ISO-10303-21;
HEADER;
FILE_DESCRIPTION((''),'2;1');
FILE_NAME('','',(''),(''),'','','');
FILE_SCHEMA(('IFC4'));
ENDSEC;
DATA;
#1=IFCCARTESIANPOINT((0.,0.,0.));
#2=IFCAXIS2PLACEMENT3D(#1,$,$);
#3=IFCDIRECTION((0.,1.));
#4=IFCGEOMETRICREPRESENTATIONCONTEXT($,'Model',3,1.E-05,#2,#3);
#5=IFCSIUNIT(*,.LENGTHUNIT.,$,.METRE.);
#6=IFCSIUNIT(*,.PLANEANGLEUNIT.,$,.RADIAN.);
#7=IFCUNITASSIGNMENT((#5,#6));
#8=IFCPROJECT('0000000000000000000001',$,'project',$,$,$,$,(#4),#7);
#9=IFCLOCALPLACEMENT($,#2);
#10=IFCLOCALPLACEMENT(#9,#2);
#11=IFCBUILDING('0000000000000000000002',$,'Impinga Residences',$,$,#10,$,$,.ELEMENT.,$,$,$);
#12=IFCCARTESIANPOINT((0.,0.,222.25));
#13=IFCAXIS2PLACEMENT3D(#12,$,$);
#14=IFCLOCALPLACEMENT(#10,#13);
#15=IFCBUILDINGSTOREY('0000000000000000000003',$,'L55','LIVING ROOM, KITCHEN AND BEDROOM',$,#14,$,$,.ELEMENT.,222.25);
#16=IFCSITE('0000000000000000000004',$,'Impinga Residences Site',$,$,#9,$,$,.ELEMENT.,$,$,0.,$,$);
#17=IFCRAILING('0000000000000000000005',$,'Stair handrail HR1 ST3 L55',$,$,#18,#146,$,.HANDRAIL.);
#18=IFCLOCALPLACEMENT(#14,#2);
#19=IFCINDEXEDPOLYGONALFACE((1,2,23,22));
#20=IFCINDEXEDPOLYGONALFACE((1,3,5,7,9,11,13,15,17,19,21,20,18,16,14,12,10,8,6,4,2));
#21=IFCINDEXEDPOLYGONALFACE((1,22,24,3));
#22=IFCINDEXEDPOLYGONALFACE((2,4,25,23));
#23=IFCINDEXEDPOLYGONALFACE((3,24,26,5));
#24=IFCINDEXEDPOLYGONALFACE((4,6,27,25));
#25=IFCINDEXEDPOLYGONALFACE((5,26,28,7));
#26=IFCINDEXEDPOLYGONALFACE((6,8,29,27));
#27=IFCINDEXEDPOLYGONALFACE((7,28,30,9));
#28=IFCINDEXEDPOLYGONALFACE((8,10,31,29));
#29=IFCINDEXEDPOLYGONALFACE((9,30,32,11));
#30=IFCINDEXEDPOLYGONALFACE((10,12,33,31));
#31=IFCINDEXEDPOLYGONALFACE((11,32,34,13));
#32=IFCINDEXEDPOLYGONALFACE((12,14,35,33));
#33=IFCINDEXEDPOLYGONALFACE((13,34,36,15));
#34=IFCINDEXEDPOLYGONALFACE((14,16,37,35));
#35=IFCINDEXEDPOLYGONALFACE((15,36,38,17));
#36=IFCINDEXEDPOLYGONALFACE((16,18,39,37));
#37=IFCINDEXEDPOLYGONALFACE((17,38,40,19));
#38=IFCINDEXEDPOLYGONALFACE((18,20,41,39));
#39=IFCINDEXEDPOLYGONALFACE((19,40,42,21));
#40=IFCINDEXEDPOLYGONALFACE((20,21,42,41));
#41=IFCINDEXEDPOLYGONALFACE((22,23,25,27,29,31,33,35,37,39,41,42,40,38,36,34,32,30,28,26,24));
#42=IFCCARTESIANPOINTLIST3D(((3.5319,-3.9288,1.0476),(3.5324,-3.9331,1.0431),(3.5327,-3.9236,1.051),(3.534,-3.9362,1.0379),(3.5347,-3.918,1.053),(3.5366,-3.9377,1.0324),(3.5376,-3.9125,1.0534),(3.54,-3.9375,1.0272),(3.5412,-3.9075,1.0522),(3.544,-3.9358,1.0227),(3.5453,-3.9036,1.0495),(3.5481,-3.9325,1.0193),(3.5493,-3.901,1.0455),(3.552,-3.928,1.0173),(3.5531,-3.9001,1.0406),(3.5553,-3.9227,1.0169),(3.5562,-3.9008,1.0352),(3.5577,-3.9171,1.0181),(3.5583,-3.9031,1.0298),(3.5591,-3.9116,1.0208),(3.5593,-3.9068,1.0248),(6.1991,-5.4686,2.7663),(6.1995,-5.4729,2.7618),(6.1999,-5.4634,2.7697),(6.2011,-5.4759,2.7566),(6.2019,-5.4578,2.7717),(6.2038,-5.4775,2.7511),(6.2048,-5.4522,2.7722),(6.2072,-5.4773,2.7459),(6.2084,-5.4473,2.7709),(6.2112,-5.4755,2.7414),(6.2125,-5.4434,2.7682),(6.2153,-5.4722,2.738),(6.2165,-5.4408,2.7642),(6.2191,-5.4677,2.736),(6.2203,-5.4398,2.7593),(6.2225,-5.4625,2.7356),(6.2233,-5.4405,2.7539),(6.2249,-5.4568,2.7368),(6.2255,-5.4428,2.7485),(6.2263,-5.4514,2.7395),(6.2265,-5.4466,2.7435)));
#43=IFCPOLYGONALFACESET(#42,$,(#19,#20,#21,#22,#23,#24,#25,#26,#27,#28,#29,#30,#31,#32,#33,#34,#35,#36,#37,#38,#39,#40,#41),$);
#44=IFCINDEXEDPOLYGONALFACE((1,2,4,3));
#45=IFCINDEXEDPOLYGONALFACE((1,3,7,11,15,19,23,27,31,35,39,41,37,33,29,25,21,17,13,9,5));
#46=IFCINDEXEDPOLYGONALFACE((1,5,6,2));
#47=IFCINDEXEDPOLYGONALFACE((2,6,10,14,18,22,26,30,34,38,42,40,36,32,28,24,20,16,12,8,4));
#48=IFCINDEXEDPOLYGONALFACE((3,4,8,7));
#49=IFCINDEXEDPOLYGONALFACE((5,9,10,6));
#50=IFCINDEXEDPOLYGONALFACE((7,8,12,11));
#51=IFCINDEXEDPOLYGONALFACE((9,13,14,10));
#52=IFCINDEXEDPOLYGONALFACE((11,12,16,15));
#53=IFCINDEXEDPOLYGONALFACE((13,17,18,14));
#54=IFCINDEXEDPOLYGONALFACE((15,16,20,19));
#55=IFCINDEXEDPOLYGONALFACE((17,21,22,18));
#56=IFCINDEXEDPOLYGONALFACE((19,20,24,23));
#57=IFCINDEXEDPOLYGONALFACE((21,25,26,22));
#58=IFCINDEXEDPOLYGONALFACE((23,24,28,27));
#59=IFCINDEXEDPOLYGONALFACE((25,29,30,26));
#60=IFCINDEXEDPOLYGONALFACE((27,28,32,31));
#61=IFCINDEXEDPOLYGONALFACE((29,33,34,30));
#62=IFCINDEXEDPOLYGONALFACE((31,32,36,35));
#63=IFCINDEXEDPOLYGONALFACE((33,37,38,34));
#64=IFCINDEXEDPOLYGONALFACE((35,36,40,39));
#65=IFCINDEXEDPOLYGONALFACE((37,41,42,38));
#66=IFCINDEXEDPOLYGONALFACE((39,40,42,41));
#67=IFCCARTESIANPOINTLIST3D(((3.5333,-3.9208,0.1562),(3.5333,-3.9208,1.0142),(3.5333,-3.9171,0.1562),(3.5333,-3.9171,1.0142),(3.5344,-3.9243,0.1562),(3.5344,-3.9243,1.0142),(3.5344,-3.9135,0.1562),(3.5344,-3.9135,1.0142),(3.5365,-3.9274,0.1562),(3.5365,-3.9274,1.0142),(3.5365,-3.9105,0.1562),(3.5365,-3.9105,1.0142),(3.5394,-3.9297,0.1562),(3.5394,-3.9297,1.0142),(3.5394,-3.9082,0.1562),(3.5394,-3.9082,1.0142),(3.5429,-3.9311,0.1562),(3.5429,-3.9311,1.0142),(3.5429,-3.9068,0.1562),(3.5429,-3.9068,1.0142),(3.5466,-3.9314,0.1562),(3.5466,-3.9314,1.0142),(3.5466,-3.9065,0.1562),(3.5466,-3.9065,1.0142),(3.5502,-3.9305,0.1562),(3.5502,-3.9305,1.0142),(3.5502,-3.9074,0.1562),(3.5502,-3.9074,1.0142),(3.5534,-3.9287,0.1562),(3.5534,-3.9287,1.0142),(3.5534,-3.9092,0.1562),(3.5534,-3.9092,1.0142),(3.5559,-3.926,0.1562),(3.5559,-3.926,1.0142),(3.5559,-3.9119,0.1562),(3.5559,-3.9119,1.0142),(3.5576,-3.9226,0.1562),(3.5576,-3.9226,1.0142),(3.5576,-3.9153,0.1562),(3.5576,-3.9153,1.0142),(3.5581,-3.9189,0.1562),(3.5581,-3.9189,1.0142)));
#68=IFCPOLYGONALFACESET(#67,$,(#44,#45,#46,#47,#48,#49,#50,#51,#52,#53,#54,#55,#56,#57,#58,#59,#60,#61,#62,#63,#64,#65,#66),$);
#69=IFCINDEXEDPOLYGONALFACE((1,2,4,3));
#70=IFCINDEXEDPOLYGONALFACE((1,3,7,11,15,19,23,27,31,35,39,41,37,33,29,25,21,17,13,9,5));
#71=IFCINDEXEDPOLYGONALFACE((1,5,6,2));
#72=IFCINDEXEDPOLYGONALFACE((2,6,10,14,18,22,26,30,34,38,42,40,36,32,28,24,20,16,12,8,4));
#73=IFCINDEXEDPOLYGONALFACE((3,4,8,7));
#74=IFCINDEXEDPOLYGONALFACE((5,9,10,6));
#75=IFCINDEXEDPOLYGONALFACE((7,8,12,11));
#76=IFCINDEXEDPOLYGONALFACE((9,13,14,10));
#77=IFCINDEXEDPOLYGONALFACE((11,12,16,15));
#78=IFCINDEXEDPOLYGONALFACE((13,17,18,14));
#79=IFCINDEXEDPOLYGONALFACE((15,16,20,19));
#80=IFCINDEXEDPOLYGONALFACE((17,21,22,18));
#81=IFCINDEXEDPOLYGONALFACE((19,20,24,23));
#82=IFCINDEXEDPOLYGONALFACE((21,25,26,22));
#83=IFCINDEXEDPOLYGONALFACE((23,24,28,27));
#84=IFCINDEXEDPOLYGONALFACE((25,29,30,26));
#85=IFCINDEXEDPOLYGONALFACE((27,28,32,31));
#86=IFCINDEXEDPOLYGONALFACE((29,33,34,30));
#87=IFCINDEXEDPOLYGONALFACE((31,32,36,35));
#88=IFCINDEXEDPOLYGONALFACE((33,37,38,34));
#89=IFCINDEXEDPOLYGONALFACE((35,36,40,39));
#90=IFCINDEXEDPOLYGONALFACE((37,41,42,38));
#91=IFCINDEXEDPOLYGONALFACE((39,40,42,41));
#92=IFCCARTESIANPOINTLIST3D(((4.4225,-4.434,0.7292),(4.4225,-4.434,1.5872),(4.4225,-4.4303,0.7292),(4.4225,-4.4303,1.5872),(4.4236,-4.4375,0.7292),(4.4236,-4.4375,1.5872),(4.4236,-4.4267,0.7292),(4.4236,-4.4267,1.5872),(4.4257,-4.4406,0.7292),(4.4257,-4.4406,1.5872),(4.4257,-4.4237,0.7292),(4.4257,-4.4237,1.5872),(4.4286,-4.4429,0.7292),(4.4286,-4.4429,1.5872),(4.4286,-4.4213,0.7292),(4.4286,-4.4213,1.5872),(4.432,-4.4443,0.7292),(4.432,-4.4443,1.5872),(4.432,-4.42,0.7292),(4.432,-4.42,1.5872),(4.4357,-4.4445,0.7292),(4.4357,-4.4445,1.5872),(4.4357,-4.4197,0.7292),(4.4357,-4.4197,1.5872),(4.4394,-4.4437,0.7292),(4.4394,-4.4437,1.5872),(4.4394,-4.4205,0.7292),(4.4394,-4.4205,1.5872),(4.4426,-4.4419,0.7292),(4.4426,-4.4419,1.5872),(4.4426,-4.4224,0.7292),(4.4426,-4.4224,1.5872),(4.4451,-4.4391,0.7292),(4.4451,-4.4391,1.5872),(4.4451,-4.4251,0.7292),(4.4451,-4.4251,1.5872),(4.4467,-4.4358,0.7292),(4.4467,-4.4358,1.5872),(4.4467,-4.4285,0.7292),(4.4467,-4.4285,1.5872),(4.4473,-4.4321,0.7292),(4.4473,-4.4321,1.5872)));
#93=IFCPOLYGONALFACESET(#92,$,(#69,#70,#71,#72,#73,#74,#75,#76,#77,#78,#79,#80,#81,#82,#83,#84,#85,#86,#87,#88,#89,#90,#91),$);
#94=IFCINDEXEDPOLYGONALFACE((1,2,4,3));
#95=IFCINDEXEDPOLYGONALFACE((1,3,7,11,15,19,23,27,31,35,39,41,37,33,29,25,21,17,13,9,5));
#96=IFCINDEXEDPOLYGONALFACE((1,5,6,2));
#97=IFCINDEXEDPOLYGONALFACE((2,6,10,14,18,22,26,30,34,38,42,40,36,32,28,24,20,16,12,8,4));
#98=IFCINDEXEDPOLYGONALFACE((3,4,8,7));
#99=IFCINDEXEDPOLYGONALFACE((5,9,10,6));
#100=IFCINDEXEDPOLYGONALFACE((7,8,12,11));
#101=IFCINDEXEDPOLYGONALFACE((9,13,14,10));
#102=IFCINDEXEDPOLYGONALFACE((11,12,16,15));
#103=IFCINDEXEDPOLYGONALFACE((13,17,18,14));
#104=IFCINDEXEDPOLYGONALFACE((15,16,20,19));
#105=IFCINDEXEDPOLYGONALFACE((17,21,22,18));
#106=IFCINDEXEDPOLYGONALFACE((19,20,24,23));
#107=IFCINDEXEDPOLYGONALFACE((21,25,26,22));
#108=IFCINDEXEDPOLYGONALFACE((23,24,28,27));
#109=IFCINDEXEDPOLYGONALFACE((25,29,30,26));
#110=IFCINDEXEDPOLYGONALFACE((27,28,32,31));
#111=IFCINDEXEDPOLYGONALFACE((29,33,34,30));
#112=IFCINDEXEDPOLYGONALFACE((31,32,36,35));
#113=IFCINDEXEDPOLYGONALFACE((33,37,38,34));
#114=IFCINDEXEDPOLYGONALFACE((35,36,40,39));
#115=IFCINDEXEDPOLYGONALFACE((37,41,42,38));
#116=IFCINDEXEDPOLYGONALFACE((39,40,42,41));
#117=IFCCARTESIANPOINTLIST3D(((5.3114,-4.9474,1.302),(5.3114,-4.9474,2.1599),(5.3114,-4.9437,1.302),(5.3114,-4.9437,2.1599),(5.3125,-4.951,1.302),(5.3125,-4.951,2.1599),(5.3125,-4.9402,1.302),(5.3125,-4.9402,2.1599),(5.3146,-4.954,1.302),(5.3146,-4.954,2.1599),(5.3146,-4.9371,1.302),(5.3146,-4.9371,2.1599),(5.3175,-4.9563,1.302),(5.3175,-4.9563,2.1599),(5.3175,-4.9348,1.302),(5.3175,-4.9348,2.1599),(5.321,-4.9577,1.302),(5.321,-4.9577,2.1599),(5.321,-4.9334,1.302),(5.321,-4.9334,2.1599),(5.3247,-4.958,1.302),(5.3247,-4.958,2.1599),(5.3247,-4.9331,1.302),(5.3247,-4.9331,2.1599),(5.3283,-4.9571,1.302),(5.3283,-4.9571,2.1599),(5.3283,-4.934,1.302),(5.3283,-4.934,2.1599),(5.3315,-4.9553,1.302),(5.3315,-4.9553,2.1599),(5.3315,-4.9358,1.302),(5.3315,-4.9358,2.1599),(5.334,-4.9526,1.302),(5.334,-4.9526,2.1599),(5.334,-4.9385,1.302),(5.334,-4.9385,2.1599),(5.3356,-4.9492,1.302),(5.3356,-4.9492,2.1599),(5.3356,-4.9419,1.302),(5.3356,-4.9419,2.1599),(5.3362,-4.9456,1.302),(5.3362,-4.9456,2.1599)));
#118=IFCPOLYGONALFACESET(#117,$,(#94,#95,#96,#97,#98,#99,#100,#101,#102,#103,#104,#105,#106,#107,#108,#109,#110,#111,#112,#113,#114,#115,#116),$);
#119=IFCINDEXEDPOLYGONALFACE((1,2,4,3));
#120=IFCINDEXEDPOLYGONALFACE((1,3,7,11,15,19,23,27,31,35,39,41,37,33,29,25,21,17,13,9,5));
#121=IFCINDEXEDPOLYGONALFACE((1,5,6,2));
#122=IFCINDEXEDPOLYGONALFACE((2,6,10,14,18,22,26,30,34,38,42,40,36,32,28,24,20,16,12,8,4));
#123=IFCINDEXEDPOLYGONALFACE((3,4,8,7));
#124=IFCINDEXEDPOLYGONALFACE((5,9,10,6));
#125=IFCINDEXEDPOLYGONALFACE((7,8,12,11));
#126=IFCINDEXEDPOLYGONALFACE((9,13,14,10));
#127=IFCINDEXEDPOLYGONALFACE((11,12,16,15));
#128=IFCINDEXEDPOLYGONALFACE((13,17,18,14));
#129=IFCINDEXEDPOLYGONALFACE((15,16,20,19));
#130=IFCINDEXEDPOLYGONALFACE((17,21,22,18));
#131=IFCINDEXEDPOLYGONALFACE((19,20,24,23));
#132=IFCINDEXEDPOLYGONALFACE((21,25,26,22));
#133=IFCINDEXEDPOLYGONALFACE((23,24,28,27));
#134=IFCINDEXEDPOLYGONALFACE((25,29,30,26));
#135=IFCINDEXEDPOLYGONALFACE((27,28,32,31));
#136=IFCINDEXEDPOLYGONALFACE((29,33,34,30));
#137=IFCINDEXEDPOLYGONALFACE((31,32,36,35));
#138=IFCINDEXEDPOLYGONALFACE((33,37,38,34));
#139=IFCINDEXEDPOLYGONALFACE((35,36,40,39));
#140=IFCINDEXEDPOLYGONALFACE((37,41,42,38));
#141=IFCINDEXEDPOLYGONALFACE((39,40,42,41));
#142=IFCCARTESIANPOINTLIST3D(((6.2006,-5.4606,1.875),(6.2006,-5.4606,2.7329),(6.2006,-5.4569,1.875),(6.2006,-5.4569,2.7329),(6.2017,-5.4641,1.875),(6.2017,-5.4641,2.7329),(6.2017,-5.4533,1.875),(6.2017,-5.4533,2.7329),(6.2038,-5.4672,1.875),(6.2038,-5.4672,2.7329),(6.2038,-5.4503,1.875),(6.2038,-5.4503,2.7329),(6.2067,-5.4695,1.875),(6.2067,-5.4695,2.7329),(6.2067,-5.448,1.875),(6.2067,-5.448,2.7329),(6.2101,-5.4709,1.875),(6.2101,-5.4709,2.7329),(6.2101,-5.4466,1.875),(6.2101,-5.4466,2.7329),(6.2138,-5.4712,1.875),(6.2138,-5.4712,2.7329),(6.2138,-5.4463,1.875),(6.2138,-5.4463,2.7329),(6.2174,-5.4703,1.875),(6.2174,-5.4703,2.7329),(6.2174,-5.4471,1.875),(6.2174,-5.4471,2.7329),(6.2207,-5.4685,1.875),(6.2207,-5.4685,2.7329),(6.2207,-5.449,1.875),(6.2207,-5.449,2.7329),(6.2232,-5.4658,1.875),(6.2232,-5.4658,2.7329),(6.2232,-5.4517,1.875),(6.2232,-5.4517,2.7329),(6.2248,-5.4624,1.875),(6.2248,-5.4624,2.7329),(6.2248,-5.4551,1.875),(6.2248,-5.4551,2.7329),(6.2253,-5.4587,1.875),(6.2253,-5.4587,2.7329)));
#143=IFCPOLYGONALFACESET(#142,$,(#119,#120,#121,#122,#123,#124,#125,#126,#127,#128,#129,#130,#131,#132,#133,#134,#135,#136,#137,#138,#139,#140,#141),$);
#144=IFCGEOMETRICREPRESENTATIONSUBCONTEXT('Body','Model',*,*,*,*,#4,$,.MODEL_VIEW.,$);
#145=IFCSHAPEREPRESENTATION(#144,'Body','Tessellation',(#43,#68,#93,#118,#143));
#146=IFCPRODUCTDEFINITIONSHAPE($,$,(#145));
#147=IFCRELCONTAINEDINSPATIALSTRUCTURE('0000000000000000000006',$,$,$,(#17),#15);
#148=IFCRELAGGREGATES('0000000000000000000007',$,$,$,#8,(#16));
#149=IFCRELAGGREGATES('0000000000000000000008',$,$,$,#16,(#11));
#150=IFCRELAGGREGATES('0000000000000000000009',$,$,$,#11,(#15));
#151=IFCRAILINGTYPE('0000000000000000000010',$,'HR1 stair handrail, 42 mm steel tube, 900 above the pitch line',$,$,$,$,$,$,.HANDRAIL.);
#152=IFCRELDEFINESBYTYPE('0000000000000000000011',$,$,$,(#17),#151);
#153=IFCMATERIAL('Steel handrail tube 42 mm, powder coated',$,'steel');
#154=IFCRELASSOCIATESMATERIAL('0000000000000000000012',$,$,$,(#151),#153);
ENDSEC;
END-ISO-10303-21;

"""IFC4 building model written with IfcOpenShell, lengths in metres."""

from ifc_helpers import new_model, si_unit, direction, frame, origin, origin_2d, place, context, subcontext, project, spatial, circle, extrude, material, type_object, element, save


model = new_model("IFC4")

# Units and contexts
model_context = context("Model", 3, precision=1e-05, world=origin(), true_north=direction((0.0, 1.0)))
body_context = subcontext(model_context, "Body", "Model", "MODEL_VIEW")
ifc_project = project(units=[si_unit("LENGTHUNIT", "METRE"), si_unit("PLANEANGLEUNIT", "RADIAN")], contexts=[model_context])

# Site, building, storey
site_placement = place(None, origin())
site = spatial("IfcSite", under=ifc_project, at=site_placement, Name="Impinga Residences Site", CompositionType="ELEMENT", RefElevation=0.0)
building_placement = place(site_placement, origin())
building = spatial("IfcBuilding", under=site, at=building_placement, Name="Impinga Residences", CompositionType="ELEMENT")
storey_placement = place(building_placement, frame((0.0, 0.0, 222.25)))
storey = spatial("IfcBuildingStorey", under=building, at=storey_placement, Name="L55", Description="LIVING ROOM, KITCHEN AND BEDROOM", CompositionType="ELEMENT", Elevation=222.25)

# Railing
ifc_material_1 = material(Name="Steel handrail tube 42 mm, powder coated", Category="steel")
railing_type = type_object("IfcRailingType", Name="HR1 stair handrail, 42 mm steel tube, 900 above the pitch line", PredefinedType="HANDRAIL", material=ifc_material_1)
railing_1_placement = place(storey_placement, frame((3.5457, -3.9189, 0.1562)))
element("IfcRailing", 1, at=railing_1_placement, inside=storey, type_object=railing_type, Name="Stair handrail HR1 ST3 L55", PredefinedType="HANDRAIL", context=body_context, shape_type="SweptSolid", body=[
    extrude(circle(Radius=0.021, at=origin_2d()), frame((0.0, 0.0, 0.8789), z_axis=(0.756249, -0.436582, 0.487322), x_axis=(0.499967, 0.866044, 0.0)), (0.0, 0.0, 1.0), 3.5269),
    extrude(circle(Radius=0.0125, at=origin_2d()), origin(), (0.0, 0.0, 1.0), 0.8579),
    extrude(circle(Radius=0.0125, at=origin_2d()), frame((0.8892, -0.5132, 0.573)), (0.0, 0.0, 1.0), 0.8579),
    extrude(circle(Radius=0.0125, at=origin_2d()), frame((1.7781, -1.0266, 1.1458)), (0.0, 0.0, 1.0), 0.8579),
    extrude(circle(Radius=0.0125, at=origin_2d()), frame((2.6672, -1.5398, 1.7188)), (0.0, 0.0, 1.0), 0.8579),
])

save(model, "model.ifc")
